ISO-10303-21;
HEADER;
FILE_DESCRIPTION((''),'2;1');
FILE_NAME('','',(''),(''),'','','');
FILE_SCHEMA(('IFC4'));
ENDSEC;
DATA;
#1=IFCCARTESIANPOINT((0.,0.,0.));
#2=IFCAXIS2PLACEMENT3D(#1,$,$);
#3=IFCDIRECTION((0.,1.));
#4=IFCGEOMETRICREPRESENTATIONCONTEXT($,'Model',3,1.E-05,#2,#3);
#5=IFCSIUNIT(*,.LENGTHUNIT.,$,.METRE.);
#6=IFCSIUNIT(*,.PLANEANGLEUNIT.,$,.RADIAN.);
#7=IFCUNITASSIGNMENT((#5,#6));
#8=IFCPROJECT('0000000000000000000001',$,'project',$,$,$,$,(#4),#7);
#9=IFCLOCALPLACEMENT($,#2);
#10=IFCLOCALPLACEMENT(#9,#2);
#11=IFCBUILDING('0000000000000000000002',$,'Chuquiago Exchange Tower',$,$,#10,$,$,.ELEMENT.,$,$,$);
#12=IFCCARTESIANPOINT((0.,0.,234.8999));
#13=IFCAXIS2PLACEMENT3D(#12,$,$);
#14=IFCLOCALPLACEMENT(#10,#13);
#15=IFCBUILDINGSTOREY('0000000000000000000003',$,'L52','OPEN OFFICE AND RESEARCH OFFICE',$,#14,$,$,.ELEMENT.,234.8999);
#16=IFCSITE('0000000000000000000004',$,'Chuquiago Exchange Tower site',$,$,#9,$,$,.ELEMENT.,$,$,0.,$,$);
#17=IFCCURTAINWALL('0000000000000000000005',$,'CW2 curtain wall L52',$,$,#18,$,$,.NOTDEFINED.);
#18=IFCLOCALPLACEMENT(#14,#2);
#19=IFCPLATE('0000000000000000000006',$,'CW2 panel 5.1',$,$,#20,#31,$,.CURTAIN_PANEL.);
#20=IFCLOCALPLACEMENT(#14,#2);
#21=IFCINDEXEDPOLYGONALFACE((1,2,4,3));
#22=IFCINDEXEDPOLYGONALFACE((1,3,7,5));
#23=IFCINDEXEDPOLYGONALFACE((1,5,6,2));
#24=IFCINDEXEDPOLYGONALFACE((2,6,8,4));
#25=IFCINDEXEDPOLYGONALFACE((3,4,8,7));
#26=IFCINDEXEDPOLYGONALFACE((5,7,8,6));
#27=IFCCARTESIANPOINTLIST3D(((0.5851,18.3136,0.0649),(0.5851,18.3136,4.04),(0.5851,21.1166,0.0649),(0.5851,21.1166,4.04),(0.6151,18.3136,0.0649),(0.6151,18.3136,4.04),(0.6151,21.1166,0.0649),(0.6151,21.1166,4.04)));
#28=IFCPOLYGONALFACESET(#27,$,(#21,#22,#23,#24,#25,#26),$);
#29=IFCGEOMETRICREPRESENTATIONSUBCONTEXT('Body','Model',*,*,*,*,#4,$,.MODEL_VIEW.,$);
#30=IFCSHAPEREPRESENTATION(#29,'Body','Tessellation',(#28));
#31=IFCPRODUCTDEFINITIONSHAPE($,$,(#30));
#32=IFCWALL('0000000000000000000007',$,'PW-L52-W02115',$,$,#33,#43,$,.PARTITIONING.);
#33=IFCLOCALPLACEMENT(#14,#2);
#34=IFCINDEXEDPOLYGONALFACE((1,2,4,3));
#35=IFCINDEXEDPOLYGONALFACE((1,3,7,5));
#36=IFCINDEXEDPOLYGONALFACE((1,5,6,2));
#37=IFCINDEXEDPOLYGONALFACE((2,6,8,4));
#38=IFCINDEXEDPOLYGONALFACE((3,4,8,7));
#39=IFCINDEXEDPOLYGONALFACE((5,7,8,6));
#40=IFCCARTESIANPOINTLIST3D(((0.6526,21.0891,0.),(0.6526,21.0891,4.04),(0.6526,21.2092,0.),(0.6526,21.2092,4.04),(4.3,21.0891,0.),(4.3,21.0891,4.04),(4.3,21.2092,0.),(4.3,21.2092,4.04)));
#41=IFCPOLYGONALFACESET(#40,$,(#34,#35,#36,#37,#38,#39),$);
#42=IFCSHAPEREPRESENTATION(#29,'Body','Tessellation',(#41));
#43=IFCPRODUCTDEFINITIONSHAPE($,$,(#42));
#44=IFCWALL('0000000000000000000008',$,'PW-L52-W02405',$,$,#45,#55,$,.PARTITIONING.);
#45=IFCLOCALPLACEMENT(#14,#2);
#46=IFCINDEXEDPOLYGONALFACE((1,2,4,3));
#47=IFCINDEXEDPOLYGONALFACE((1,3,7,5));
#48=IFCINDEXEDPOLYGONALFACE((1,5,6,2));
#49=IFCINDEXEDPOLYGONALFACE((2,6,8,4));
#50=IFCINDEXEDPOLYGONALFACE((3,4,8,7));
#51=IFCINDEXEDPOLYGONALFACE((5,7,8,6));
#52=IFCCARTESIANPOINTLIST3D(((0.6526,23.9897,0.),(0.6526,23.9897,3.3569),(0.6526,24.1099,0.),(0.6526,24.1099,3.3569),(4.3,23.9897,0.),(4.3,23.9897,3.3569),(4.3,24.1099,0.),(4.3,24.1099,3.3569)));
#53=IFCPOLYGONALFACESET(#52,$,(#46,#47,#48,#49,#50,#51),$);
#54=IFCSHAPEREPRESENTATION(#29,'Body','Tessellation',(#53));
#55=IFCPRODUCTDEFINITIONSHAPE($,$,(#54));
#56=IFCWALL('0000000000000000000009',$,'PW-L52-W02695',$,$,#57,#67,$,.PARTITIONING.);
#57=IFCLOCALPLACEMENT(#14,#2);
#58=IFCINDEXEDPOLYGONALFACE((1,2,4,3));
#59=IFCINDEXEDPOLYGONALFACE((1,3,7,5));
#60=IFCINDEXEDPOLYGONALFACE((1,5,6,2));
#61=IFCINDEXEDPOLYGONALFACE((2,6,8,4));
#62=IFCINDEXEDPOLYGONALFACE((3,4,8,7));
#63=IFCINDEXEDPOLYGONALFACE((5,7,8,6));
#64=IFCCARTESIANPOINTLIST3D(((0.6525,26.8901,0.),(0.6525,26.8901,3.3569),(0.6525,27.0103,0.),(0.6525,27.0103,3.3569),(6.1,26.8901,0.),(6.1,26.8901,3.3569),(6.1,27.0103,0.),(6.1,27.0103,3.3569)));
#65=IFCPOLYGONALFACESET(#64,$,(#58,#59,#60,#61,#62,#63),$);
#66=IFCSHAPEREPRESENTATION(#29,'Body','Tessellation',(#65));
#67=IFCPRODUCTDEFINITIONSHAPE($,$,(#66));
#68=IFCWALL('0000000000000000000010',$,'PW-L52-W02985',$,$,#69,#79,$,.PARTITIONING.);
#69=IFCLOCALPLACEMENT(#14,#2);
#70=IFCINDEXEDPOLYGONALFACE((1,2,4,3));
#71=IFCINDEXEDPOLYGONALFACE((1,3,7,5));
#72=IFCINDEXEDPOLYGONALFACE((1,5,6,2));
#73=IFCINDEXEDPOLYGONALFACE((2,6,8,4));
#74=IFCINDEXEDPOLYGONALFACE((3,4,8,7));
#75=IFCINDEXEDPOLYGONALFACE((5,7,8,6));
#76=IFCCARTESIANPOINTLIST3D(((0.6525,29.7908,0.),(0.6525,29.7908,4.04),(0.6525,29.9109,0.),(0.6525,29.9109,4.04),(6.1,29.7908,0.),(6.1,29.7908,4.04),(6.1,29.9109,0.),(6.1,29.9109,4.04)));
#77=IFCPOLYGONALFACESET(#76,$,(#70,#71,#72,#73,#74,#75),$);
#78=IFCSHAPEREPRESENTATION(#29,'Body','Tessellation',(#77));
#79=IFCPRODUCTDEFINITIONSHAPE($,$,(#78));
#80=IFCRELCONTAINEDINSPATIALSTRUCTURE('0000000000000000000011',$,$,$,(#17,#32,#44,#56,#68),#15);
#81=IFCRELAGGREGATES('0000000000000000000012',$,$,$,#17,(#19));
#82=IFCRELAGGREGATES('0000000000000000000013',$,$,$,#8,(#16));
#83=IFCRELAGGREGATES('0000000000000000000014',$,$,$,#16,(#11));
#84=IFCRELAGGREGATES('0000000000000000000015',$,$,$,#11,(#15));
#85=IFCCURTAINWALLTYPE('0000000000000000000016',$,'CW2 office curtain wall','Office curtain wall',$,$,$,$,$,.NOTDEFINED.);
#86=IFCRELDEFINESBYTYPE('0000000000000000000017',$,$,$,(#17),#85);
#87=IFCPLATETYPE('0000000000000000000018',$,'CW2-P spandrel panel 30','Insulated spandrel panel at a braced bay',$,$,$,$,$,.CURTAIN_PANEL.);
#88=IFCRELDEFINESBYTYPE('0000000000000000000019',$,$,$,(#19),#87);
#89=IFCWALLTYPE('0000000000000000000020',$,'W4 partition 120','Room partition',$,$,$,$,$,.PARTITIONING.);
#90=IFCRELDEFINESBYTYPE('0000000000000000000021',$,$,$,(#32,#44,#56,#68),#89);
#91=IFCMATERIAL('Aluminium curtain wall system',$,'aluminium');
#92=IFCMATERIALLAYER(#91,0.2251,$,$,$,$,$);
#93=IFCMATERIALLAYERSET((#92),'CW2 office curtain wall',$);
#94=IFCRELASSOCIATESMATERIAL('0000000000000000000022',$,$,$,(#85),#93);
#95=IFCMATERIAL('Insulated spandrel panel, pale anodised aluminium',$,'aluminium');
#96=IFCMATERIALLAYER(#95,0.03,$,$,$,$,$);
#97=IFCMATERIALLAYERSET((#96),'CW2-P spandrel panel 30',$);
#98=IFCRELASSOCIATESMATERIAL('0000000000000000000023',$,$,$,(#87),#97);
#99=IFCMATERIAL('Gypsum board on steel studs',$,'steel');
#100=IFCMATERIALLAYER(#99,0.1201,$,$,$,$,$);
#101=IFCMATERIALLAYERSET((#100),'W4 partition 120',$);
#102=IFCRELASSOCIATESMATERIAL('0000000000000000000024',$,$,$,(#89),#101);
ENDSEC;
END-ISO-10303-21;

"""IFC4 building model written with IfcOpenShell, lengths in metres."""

from ifc_helpers import new_model, si_unit, direction, frame, frame_2d, origin, origin_2d, place, context, subcontext, project, spatial, rectangle, extrude, material, layer, layer_set, type_object, element, aggregate, save


model = new_model("IFC4")

# Units and contexts
model_context = context("Model", 3, precision=1e-05, world=origin(), true_north=direction((0.0, 1.0)))
body_context = subcontext(model_context, "Body", "Model", "MODEL_VIEW")
ifc_project = project(units=[si_unit("LENGTHUNIT", "METRE"), si_unit("PLANEANGLEUNIT", "RADIAN")], contexts=[model_context])

# Site, building, storey
site_placement = place(None, origin())
site = spatial("IfcSite", under=ifc_project, at=site_placement, Name="Chuquiago Exchange Tower site", CompositionType="ELEMENT", RefElevation=0.0)
building_placement = place(site_placement, origin())
building = spatial("IfcBuilding", under=site, at=building_placement, Name="Chuquiago Exchange Tower", CompositionType="ELEMENT")
storey_placement = place(building_placement, frame((0.0, 0.0, 234.8999)))
storey = spatial("IfcBuildingStorey", under=building, at=storey_placement, Name="L52", Description="OPEN OFFICE AND RESEARCH OFFICE", CompositionType="ELEMENT", Elevation=234.8999)

# Curtain wall
ifc_material_1 = material(Name="Aluminium curtain wall system", Category="aluminium")
ifc_layer_1 = layer(ifc_material_1, 0.2251)
ifc_layer_set_1 = layer_set([ifc_layer_1], Name="CW2 office curtain wall")
curtain_wall_type = type_object("IfcCurtainWallType", Name="CW2 office curtain wall", Description="Office curtain wall", PredefinedType="NOTDEFINED", material=ifc_layer_set_1)
curtain_wall_placement = place(storey_placement, origin())
curtain_wall = element("IfcCurtainWall", 1, at=curtain_wall_placement, inside=storey, type_object=curtain_wall_type, Name="CW2 curtain wall L52", PredefinedType="NOTDEFINED")

# Plate
ifc_material_2 = material(Name="Insulated spandrel panel, pale anodised aluminium", Category="aluminium")
ifc_layer_2 = layer(ifc_material_2, 0.03)
ifc_layer_set_2 = layer_set([ifc_layer_2], Name="CW2-P spandrel panel 30")
plate_type_1 = type_object("IfcPlateType", Name="CW2-P spandrel panel 30", Description="Insulated spandrel panel at a braced bay", PredefinedType="CURTAIN_PANEL", material=ifc_layer_set_2)
plate_1_placement = place(storey_placement, frame((0.6001, 19.7151, 0.0649), z_axis=(0.0, 0.0, 1.0), x_axis=(0.0, -1.0, 0.0)))
plate_1 = element("IfcPlate", 2, at=plate_1_placement, type_object=plate_type_1, Name="CW2 panel 5.1", PredefinedType="CURTAIN_PANEL", context=body_context, shape_type="SweptSolid", body=[
    extrude(rectangle(XDim=2.803, YDim=0.03, at=origin_2d()), origin(), (0.0, 0.0, 1.0), 3.9751),
])
aggregate(curtain_wall, [plate_1])

# Walls
ifc_material_3 = material(Name="Gypsum board on steel studs", Category="steel")
ifc_layer_3 = layer(ifc_material_3, 0.1201)
ifc_layer_set_3 = layer_set([ifc_layer_3], Name="W4 partition 120")
wall_type = type_object("IfcWallType", Name="W4 partition 120", Description="Room partition", PredefinedType="PARTITIONING", material=ifc_layer_set_3)
wall_1_placement = place(storey_placement, frame((0.6526, 21.1492, 0.0), z_axis=(0.0, 0.0, 1.0), x_axis=(1.0, 0.0, 0.0)))
element("IfcWall", 3, at=wall_1_placement, inside=storey, type_object=wall_type, Name="PW-L52-W02115", PredefinedType="PARTITIONING", context=body_context, shape_type="SweptSolid", body=[
    extrude(rectangle(XDim=3.6475, YDim=0.1201, at=frame_2d((1.8237, 0.0))), origin(), (0.0, 0.0, 1.0), 4.04),
])
wall_2_placement = place(storey_placement, frame((0.6526, 24.0498, 0.0), z_axis=(0.0, 0.0, 1.0), x_axis=(1.0, 0.0, 0.0)))
element("IfcWall", 4, at=wall_2_placement, inside=storey, type_object=wall_type, Name="PW-L52-W02405", PredefinedType="PARTITIONING", context=body_context, shape_type="SweptSolid", body=[
    extrude(rectangle(XDim=3.6475, YDim=0.1201, at=frame_2d((1.8237, 0.0))), origin(), (0.0, 0.0, 1.0), 3.3569),
])
wall_3_placement = place(storey_placement, frame((0.6526, 26.9502, 0.0), z_axis=(0.0, 0.0, 1.0), x_axis=(1.0, 0.0, 0.0)))
element("IfcWall", 5, at=wall_3_placement, inside=storey, type_object=wall_type, Name="PW-L52-W02695", PredefinedType="PARTITIONING", context=body_context, shape_type="SweptSolid", body=[
    extrude(rectangle(XDim=5.4475, YDim=0.1201, at=frame_2d((2.7236, 0.0))), origin(), (0.0, 0.0, 1.0), 3.3569),
])
wall_4_placement = place(storey_placement, frame((0.6526, 29.8508, 0.0), z_axis=(0.0, 0.0, 1.0), x_axis=(1.0, 0.0, 0.0)))
element("IfcWall", 6, at=wall_4_placement, inside=storey, type_object=wall_type, Name="PW-L52-W02985", PredefinedType="PARTITIONING", context=body_context, shape_type="SweptSolid", body=[
    extrude(rectangle(XDim=5.4475, YDim=0.1201, at=frame_2d((2.7236, 0.0))), origin(), (0.0, 0.0, 1.0), 4.04),
])

save(model, "model.ifc")
